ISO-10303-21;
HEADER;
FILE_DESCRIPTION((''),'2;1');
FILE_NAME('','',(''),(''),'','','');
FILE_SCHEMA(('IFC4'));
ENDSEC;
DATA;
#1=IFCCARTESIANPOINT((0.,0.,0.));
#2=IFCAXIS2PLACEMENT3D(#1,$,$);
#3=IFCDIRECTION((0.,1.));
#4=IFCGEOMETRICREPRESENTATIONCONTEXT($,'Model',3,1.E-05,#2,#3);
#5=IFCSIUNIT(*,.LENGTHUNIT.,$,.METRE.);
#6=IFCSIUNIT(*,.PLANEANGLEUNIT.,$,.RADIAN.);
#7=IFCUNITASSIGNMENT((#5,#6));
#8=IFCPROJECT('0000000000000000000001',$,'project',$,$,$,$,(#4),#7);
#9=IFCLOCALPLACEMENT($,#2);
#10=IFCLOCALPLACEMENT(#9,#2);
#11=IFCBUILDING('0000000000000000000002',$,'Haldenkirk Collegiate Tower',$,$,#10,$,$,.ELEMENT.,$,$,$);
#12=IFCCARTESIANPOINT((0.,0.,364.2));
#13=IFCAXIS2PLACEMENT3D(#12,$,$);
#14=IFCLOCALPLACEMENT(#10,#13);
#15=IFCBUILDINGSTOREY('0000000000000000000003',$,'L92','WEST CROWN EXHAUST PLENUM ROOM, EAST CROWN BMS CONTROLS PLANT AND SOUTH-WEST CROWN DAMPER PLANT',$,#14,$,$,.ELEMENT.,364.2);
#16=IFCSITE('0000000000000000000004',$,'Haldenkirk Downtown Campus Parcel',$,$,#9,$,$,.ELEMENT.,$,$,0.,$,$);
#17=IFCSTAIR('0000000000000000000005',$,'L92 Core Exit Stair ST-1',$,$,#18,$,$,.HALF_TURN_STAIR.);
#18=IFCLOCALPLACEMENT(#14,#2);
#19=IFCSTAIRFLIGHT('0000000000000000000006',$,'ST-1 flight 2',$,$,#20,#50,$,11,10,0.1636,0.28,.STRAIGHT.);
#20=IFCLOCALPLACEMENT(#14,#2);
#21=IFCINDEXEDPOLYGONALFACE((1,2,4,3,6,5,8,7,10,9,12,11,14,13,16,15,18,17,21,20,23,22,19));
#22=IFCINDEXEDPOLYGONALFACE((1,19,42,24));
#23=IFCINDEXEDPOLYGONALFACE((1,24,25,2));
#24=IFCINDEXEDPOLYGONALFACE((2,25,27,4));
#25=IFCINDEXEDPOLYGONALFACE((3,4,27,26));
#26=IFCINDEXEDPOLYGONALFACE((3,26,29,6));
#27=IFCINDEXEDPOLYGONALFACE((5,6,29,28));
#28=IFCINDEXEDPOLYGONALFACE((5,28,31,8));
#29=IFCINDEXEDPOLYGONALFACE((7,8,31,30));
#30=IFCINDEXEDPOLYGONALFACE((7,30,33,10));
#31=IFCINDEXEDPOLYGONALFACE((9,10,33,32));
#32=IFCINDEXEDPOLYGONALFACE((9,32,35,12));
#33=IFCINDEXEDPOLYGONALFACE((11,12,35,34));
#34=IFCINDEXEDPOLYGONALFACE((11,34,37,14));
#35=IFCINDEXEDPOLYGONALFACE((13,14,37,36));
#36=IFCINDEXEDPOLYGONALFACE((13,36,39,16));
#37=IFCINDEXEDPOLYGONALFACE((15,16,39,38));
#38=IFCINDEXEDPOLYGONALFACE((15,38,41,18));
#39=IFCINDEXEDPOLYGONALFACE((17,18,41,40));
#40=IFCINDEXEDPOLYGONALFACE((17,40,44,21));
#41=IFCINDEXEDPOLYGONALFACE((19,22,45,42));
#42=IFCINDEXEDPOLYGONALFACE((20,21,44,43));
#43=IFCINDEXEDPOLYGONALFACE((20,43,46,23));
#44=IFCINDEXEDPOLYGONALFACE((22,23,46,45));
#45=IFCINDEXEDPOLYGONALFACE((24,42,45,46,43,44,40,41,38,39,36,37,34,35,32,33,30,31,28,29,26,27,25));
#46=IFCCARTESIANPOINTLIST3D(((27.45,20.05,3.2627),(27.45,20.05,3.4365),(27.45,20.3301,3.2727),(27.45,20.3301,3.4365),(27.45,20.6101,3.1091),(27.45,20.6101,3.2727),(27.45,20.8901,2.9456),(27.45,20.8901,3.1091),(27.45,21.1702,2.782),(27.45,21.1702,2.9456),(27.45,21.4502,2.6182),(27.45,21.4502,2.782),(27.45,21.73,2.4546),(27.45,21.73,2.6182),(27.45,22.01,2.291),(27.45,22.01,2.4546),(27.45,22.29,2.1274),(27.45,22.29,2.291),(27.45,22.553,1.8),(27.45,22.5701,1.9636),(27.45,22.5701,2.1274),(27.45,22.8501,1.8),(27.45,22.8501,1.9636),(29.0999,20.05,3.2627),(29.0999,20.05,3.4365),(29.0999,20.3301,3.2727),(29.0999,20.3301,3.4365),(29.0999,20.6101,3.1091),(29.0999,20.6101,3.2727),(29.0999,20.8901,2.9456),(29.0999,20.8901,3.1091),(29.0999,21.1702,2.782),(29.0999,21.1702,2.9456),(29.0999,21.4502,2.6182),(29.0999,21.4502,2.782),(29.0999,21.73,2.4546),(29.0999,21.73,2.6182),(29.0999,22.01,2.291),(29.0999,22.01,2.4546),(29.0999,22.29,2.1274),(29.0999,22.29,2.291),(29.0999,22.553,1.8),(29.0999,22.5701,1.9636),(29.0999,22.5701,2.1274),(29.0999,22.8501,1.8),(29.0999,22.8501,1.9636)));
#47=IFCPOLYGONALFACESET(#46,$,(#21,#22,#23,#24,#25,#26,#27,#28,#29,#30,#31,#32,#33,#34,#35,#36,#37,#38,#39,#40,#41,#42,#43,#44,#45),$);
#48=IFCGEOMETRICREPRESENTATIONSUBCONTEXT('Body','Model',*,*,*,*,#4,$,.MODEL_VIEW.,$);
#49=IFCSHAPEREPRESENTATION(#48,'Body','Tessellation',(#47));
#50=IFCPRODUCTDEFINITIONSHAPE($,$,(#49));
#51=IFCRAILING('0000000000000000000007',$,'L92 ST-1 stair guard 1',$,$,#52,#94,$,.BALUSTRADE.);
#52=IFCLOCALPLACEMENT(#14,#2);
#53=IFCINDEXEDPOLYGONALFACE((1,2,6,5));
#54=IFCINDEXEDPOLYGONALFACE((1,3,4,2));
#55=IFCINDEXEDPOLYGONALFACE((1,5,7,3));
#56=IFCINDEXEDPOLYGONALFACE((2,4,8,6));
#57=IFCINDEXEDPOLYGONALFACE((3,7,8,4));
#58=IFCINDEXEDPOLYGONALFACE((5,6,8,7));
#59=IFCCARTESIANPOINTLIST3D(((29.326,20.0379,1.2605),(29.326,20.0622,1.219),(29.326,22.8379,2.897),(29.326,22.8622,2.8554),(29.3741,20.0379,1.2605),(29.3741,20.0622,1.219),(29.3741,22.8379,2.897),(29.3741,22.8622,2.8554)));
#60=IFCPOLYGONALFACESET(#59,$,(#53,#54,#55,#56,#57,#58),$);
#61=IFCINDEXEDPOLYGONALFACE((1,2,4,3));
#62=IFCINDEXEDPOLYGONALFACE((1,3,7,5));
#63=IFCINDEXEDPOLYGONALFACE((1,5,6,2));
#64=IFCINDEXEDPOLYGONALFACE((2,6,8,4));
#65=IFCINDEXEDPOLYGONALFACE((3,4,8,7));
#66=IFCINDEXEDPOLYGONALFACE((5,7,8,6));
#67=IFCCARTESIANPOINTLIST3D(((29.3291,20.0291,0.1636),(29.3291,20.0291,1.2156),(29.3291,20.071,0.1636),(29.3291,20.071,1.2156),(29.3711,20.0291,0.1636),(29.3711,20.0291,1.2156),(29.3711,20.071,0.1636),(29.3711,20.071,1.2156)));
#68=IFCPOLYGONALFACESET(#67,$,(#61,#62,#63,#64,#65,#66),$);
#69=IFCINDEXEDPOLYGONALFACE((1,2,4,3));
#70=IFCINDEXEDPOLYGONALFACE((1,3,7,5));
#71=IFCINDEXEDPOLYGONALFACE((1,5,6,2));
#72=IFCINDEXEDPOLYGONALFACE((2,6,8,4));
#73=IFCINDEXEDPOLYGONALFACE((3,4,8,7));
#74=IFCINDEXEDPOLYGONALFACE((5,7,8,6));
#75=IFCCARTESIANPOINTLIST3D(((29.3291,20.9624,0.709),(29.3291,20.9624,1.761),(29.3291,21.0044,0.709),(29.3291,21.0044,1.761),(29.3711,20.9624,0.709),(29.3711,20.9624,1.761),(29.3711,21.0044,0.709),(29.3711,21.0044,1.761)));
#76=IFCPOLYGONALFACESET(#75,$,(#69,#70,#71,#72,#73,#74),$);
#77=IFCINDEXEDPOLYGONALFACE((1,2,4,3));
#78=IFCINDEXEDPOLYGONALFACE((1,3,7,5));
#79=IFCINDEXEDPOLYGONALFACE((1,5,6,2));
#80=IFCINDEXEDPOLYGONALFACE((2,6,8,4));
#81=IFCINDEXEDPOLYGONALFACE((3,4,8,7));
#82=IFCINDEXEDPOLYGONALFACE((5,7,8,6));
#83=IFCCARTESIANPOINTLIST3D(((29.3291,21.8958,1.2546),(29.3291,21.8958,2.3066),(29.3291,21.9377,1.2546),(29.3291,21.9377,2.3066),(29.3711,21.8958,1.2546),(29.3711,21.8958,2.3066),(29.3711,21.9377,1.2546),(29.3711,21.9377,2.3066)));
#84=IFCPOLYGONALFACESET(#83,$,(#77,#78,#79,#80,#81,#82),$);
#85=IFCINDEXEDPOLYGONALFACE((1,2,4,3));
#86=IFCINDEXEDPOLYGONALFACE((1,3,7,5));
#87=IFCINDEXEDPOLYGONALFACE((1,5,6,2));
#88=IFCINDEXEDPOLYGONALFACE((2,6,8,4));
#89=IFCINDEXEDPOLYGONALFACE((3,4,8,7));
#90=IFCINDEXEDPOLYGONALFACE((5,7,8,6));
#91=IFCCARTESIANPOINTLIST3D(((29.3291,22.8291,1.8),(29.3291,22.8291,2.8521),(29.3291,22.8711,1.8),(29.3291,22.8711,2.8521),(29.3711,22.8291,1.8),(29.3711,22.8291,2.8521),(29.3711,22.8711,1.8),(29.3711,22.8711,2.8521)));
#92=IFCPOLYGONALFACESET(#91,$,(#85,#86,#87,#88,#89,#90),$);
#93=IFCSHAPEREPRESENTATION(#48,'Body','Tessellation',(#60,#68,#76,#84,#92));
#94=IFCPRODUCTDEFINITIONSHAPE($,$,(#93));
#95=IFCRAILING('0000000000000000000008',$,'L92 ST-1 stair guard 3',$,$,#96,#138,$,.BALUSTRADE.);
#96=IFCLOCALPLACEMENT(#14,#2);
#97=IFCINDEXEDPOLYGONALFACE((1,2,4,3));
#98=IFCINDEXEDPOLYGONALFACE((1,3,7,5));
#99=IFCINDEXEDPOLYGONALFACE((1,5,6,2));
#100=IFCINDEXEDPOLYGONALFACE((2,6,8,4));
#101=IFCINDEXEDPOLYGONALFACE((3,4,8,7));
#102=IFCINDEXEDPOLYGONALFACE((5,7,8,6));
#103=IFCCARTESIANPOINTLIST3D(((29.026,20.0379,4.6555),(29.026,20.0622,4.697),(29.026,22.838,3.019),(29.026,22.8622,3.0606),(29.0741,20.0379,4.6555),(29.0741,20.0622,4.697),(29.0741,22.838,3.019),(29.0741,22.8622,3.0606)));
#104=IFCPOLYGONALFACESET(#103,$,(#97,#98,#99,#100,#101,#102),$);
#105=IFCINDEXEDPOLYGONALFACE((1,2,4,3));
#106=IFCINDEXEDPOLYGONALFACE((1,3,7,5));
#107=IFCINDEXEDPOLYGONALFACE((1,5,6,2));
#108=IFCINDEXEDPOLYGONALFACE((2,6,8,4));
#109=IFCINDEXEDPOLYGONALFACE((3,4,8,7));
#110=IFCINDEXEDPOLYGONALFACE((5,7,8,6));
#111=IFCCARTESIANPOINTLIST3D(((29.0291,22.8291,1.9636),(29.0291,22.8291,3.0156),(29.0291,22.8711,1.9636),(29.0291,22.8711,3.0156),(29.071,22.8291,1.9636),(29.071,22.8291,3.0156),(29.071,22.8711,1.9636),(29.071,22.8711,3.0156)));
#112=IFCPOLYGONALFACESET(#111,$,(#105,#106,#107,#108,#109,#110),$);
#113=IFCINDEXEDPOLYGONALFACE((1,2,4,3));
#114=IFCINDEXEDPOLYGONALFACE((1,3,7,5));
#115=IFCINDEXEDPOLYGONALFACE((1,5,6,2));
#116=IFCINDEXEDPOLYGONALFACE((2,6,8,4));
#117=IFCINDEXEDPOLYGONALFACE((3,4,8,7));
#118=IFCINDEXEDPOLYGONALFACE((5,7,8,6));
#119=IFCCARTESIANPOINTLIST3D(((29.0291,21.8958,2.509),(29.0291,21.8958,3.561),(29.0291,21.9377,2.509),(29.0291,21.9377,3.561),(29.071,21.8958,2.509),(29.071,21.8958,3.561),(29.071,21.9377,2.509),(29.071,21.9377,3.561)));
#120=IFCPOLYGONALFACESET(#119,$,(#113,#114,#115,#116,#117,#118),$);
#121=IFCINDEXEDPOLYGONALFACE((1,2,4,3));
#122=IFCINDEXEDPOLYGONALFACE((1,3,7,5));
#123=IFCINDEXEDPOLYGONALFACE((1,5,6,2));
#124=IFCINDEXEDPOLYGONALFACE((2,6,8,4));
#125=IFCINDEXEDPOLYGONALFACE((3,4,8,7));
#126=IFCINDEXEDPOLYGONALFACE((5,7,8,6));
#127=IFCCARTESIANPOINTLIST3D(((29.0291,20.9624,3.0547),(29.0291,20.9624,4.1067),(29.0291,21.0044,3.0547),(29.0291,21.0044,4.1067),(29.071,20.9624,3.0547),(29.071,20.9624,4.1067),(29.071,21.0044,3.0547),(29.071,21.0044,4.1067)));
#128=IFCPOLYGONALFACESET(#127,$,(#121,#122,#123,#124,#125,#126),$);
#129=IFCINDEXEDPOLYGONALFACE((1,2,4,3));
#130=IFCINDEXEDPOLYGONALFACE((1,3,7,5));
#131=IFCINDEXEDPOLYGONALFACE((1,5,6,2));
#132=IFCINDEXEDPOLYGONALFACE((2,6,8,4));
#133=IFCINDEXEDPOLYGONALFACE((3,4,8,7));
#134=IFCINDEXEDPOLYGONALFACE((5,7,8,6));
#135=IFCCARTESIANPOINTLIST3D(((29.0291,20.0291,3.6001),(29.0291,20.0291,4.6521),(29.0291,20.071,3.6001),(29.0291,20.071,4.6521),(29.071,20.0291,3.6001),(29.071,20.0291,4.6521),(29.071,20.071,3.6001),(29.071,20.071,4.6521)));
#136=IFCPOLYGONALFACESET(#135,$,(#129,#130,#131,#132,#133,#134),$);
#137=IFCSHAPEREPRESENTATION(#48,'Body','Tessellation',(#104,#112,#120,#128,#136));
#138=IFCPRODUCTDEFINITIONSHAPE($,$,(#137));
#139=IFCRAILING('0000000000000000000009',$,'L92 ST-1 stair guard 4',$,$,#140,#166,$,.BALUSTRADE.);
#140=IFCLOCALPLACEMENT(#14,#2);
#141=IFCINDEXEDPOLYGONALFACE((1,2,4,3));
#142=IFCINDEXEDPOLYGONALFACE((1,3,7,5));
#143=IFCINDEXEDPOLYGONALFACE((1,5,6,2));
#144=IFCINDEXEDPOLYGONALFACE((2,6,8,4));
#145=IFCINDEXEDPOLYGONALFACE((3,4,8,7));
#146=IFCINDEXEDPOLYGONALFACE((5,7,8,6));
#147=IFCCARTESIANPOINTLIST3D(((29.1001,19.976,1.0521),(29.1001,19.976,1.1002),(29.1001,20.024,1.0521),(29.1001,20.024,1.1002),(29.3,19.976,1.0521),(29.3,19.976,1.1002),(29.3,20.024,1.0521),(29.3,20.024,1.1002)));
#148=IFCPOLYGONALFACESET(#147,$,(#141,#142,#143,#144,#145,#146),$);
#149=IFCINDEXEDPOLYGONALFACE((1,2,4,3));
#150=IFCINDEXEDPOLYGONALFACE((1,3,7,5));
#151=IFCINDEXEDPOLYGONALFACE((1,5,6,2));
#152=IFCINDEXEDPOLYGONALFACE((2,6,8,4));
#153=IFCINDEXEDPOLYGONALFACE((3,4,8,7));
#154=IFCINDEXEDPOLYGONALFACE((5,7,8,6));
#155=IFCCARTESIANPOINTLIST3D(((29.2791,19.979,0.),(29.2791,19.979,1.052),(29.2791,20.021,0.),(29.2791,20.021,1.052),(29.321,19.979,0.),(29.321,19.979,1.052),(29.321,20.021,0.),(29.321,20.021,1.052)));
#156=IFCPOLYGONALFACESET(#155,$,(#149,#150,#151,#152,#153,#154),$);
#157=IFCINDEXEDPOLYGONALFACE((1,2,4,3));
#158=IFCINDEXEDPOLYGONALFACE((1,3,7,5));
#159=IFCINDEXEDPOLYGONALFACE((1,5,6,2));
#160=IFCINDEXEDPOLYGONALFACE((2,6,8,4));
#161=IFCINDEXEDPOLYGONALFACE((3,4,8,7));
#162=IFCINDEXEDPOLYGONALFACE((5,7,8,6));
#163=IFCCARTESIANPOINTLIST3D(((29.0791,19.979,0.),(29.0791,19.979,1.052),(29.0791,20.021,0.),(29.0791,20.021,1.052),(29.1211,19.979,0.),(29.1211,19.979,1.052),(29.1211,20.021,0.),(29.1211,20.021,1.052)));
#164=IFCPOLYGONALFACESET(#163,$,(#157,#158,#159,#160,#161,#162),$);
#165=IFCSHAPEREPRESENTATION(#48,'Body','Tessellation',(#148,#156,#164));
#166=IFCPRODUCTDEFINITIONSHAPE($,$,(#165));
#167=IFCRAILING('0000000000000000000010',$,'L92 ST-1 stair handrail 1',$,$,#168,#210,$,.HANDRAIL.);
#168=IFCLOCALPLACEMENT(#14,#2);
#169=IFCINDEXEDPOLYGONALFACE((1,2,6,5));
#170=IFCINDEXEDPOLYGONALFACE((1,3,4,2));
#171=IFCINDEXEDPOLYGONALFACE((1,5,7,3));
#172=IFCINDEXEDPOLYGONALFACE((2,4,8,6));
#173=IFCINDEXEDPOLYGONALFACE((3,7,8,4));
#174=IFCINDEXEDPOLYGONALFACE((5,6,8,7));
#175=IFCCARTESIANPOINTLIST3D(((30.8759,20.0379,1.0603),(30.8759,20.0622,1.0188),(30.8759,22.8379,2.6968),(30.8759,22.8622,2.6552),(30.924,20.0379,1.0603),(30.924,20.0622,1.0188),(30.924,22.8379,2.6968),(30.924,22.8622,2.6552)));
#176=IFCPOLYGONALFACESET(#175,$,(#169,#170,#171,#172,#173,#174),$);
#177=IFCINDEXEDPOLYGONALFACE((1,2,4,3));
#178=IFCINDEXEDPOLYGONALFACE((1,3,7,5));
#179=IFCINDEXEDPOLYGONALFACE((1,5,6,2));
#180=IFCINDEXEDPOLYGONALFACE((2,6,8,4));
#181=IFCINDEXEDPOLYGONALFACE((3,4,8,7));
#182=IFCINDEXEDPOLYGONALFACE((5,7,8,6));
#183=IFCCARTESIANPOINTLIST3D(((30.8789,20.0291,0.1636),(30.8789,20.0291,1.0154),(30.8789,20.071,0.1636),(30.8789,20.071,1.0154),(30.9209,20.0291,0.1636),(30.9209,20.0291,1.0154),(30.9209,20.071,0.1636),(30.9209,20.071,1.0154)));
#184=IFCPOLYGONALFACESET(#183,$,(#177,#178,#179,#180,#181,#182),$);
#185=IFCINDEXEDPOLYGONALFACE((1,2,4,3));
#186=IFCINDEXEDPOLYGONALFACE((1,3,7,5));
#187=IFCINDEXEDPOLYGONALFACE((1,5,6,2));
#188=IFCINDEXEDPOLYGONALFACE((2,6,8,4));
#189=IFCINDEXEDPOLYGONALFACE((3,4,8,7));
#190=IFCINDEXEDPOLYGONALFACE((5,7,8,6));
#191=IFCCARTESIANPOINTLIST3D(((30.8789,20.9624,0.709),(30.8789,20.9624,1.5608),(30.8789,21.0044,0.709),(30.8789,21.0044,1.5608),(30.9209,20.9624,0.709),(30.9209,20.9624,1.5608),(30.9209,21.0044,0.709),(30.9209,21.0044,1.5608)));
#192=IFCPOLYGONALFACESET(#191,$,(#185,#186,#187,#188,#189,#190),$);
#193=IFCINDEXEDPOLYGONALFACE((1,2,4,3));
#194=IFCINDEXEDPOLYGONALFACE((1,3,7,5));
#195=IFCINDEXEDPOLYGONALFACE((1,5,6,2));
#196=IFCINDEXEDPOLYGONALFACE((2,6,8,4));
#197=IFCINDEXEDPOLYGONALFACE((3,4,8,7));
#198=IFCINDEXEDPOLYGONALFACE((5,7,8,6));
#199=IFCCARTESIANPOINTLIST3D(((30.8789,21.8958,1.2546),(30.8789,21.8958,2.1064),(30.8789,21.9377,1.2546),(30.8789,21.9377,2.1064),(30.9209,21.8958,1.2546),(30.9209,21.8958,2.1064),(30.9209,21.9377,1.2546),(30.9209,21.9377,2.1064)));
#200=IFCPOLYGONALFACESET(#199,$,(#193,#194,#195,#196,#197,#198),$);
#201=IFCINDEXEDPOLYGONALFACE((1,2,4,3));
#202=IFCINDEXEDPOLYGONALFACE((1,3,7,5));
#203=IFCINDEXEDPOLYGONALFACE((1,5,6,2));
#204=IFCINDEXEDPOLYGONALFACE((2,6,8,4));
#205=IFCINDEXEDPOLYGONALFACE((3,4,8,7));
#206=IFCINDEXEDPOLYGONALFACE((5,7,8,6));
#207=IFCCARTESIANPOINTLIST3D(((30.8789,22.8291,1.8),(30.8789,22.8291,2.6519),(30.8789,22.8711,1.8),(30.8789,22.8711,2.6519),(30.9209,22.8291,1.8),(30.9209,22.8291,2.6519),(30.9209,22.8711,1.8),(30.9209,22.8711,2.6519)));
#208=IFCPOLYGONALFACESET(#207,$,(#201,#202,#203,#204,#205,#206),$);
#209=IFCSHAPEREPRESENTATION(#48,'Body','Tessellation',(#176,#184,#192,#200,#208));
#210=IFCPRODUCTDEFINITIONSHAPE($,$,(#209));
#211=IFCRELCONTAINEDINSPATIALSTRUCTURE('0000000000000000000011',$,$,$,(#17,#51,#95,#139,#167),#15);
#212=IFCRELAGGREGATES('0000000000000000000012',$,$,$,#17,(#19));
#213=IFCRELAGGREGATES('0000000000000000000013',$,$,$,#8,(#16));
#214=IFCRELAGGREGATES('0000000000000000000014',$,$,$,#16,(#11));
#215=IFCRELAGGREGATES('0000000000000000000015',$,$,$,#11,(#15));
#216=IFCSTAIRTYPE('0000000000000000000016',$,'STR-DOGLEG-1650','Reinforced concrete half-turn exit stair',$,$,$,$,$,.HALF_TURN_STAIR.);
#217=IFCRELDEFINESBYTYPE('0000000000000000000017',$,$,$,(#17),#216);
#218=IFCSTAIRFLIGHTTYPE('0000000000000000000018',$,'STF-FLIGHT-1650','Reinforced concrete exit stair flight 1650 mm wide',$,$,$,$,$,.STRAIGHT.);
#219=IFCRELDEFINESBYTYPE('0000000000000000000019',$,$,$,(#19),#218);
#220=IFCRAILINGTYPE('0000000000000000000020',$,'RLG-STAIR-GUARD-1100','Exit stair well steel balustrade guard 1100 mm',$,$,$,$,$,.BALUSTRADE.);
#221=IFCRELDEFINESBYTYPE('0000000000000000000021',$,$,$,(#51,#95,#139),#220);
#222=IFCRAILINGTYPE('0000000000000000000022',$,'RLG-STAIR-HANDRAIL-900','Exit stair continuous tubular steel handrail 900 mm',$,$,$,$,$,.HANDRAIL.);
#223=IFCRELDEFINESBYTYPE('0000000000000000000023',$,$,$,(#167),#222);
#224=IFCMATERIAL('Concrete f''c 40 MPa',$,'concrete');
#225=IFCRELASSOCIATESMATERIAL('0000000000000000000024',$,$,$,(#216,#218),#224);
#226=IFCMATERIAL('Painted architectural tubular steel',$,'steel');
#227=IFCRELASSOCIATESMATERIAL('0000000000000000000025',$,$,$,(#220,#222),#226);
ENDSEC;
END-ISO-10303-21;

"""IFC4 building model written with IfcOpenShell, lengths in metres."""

from ifc_helpers import new_model, si_unit, direction, frame, origin, origin_2d, place, context, subcontext, project, spatial, polyline, rectangle, outline, extrude, material, type_object, element, aggregate, save


model = new_model("IFC4")

# Units and contexts
model_context = context("Model", 3, precision=1e-05, world=origin(), true_north=direction((0.0, 1.0)))
body_context = subcontext(model_context, "Body", "Model", "MODEL_VIEW")
ifc_project = project(units=[si_unit("LENGTHUNIT", "METRE"), si_unit("PLANEANGLEUNIT", "RADIAN")], contexts=[model_context])

# Site, building, storey
site_placement = place(None, origin())
site = spatial("IfcSite", under=ifc_project, at=site_placement, Name="Haldenkirk Downtown Campus Parcel", CompositionType="ELEMENT", RefElevation=0.0)
building_placement = place(site_placement, origin())
building = spatial("IfcBuilding", under=site, at=building_placement, Name="Haldenkirk Collegiate Tower", CompositionType="ELEMENT")
storey_placement = place(building_placement, frame((0.0, 0.0, 364.2)))
storey = spatial("IfcBuildingStorey", under=building, at=storey_placement, Name="L92", Description="WEST CROWN EXHAUST PLENUM ROOM, EAST CROWN BMS CONTROLS PLANT AND SOUTH-WEST CROWN DAMPER PLANT", CompositionType="ELEMENT", Elevation=364.2)

# Stair, stair flight
ifc_material_1 = material(Name="Concrete f'c 40 MPa", Category="concrete")
stair_type = type_object("IfcStairType", Name="STR-DOGLEG-1650", Description="Reinforced concrete half-turn exit stair", PredefinedType="HALF_TURN_STAIR", material=ifc_material_1)
stair_placement = place(storey_placement, origin())
stair = element("IfcStair", 1, at=stair_placement, inside=storey, type_object=stair_type, Name="L92 Core Exit Stair ST-1", PredefinedType="HALF_TURN_STAIR")
stair_flight_type = type_object("IfcStairFlightType", Name="STF-FLIGHT-1650", Description="Reinforced concrete exit stair flight 1650 mm wide", PredefinedType="STRAIGHT", material=ifc_material_1)
stair_flight_1_placement = place(storey_placement, frame((28.2749, 22.8501, 1.8), z_axis=(0.0, 0.0, 1.0), x_axis=(0.0, -1.0, 0.0)))
stair_flight_1 = element("IfcStairFlight", 2, at=stair_flight_1_placement, type_object=stair_flight_type, Name="ST-1 flight 2", NumberOfRisers=11, NumberOfTreads=10, PredefinedType="STRAIGHT", RiserHeight=0.1636, TreadLength=0.28, context=body_context, shape_type="SweptSolid", body=[
    extrude(outline(polyline([(0.0, 0.0), (0.0, 0.1636), (0.28, 0.1636), (0.28, 0.3274), (0.5601, 0.3274), (0.5601, 0.491), (0.8401, 0.491), (0.8401, 0.6545), (1.1201, 0.6545), (1.1201, 0.8181), (1.3999, 0.8181), (1.3999, 0.9819), (1.6799, 0.9819), (1.6799, 1.1455), (1.96, 1.1455), (1.96, 1.3091), (2.24, 1.3091), (2.24, 1.4727), (2.52, 1.4727), (2.52, 1.6365), (2.8, 1.6365), (2.8, 1.8), (2.8, 1.4626), (0.2971, 0.0), (0.0, 0.0)])), frame((0.0, 0.825, 0.0), z_axis=(0.0, -1.0, 0.0), x_axis=(1.0, 0.0, 0.0)), (0.0, 0.0, 1.0), 1.6499),
])
aggregate(stair, [stair_flight_1])

# Railings
ifc_material_2 = material(Name="Painted architectural tubular steel", Category="steel")
railing_type_1 = type_object("IfcRailingType", Name="RLG-STAIR-GUARD-1100", Description="Exit stair well steel balustrade guard 1100 mm", PredefinedType="BALUSTRADE", material=ifc_material_2)
railing_1_placement = place(storey_placement, frame((29.3501, 20.05, 0.1636)))
element("IfcRailing", 3, at=railing_1_placement, inside=storey, type_object=railing_type_1, Name="L92 ST-1 stair guard 1", PredefinedType="BALUSTRADE", context=body_context, shape_type="SweptSolid", body=[
    extrude(rectangle(XDim=0.0481, YDim=0.0481, at=origin_2d()), frame((0.0, 0.0, 1.0762), z_axis=(0.0, 0.863361, 0.504587), x_axis=(-1.0, 0.0, 0.0)), (0.0, 0.0, 1.0), 3.2432),
    extrude(rectangle(XDim=0.042, YDim=0.042, at=origin_2d()), origin(), (0.0, 0.0, 1.0), 1.052),
    extrude(rectangle(XDim=0.042, YDim=0.042, at=origin_2d()), frame((0.0, 0.9333, 0.5454)), (0.0, 0.0, 1.0), 1.052),
    extrude(rectangle(XDim=0.042, YDim=0.042, at=origin_2d()), frame((0.0, 1.8667, 1.0911)), (0.0, 0.0, 1.0), 1.052),
    extrude(rectangle(XDim=0.042, YDim=0.042, at=origin_2d()), frame((0.0, 2.8, 1.6365)), (0.0, 0.0, 1.0), 1.052),
])
railing_2_placement = place(storey_placement, frame((29.05, 22.8501, 1.9636)))
element("IfcRailing", 4, at=railing_2_placement, inside=storey, type_object=railing_type_1, Name="L92 ST-1 stair guard 3", PredefinedType="BALUSTRADE", context=body_context, shape_type="SweptSolid", body=[
    extrude(rectangle(XDim=0.0481, YDim=0.0481, at=origin_2d()), frame((0.0, 0.0, 1.0762), z_axis=(0.0, -0.863361, 0.504587), x_axis=(1.0, 0.0, 0.0)), (0.0, 0.0, 1.0), 3.2432),
    extrude(rectangle(XDim=0.042, YDim=0.042, at=origin_2d()), origin(), (0.0, 0.0, 1.0), 1.052),
    extrude(rectangle(XDim=0.042, YDim=0.042, at=origin_2d()), frame((0.0, -0.9333, 0.5454)), (0.0, 0.0, 1.0), 1.052),
    extrude(rectangle(XDim=0.042, YDim=0.042, at=origin_2d()), frame((0.0, -1.8667, 1.0911)), (0.0, 0.0, 1.0), 1.052),
    extrude(rectangle(XDim=0.042, YDim=0.042, at=origin_2d()), frame((0.0, -2.8, 1.6365)), (0.0, 0.0, 1.0), 1.052),
])
railing_3_placement = place(storey_placement, frame((29.3, 20.0, 0.0)))
element("IfcRailing", 5, at=railing_3_placement, inside=storey, type_object=railing_type_1, Name="L92 ST-1 stair guard 4", PredefinedType="BALUSTRADE", context=body_context, shape_type="SweptSolid", body=[
    extrude(rectangle(XDim=0.0481, YDim=0.0481, at=origin_2d()), frame((0.0, 0.0, 1.0762), z_axis=(-1.0, 0.0, 0.0), x_axis=(0.0, -1.0, 0.0)), (0.0, 0.0, 1.0), 0.2),
    extrude(rectangle(XDim=0.042, YDim=0.042, at=origin_2d()), origin(), (0.0, 0.0, 1.0), 1.052),
    extrude(rectangle(XDim=0.042, YDim=0.042, at=origin_2d()), frame((-0.2, 0.0, 0.0)), (0.0, 0.0, 1.0), 1.052),
])
railing_type_2 = type_object("IfcRailingType", Name="RLG-STAIR-HANDRAIL-900", Description="Exit stair continuous tubular steel handrail 900 mm", PredefinedType="HANDRAIL", material=ifc_material_2)
railing_4_placement = place(storey_placement, frame((30.8999, 20.05, 0.1636)))
element("IfcRailing", 6, at=railing_4_placement, inside=storey, type_object=railing_type_2, Name="L92 ST-1 stair handrail 1", PredefinedType="HANDRAIL", context=body_context, shape_type="SweptSolid", body=[
    extrude(rectangle(XDim=0.0481, YDim=0.0481, at=origin_2d()), frame((0.0, 0.0, 0.876), z_axis=(0.0, 0.863361, 0.504587), x_axis=(-1.0, 0.0, 0.0)), (0.0, 0.0, 1.0), 3.2432),
    extrude(rectangle(XDim=0.042, YDim=0.042, at=origin_2d()), origin(), (0.0, 0.0, 1.0), 0.8518),
    extrude(rectangle(XDim=0.042, YDim=0.042, at=origin_2d()), frame((0.0, 0.9333, 0.5454)), (0.0, 0.0, 1.0), 0.8518),
    extrude(rectangle(XDim=0.042, YDim=0.042, at=origin_2d()), frame((0.0, 1.8667, 1.0911)), (0.0, 0.0, 1.0), 0.8518),
    extrude(rectangle(XDim=0.042, YDim=0.042, at=origin_2d()), frame((0.0, 2.8, 1.6365)), (0.0, 0.0, 1.0), 0.8518),
])

save(model, "model.ifc")
